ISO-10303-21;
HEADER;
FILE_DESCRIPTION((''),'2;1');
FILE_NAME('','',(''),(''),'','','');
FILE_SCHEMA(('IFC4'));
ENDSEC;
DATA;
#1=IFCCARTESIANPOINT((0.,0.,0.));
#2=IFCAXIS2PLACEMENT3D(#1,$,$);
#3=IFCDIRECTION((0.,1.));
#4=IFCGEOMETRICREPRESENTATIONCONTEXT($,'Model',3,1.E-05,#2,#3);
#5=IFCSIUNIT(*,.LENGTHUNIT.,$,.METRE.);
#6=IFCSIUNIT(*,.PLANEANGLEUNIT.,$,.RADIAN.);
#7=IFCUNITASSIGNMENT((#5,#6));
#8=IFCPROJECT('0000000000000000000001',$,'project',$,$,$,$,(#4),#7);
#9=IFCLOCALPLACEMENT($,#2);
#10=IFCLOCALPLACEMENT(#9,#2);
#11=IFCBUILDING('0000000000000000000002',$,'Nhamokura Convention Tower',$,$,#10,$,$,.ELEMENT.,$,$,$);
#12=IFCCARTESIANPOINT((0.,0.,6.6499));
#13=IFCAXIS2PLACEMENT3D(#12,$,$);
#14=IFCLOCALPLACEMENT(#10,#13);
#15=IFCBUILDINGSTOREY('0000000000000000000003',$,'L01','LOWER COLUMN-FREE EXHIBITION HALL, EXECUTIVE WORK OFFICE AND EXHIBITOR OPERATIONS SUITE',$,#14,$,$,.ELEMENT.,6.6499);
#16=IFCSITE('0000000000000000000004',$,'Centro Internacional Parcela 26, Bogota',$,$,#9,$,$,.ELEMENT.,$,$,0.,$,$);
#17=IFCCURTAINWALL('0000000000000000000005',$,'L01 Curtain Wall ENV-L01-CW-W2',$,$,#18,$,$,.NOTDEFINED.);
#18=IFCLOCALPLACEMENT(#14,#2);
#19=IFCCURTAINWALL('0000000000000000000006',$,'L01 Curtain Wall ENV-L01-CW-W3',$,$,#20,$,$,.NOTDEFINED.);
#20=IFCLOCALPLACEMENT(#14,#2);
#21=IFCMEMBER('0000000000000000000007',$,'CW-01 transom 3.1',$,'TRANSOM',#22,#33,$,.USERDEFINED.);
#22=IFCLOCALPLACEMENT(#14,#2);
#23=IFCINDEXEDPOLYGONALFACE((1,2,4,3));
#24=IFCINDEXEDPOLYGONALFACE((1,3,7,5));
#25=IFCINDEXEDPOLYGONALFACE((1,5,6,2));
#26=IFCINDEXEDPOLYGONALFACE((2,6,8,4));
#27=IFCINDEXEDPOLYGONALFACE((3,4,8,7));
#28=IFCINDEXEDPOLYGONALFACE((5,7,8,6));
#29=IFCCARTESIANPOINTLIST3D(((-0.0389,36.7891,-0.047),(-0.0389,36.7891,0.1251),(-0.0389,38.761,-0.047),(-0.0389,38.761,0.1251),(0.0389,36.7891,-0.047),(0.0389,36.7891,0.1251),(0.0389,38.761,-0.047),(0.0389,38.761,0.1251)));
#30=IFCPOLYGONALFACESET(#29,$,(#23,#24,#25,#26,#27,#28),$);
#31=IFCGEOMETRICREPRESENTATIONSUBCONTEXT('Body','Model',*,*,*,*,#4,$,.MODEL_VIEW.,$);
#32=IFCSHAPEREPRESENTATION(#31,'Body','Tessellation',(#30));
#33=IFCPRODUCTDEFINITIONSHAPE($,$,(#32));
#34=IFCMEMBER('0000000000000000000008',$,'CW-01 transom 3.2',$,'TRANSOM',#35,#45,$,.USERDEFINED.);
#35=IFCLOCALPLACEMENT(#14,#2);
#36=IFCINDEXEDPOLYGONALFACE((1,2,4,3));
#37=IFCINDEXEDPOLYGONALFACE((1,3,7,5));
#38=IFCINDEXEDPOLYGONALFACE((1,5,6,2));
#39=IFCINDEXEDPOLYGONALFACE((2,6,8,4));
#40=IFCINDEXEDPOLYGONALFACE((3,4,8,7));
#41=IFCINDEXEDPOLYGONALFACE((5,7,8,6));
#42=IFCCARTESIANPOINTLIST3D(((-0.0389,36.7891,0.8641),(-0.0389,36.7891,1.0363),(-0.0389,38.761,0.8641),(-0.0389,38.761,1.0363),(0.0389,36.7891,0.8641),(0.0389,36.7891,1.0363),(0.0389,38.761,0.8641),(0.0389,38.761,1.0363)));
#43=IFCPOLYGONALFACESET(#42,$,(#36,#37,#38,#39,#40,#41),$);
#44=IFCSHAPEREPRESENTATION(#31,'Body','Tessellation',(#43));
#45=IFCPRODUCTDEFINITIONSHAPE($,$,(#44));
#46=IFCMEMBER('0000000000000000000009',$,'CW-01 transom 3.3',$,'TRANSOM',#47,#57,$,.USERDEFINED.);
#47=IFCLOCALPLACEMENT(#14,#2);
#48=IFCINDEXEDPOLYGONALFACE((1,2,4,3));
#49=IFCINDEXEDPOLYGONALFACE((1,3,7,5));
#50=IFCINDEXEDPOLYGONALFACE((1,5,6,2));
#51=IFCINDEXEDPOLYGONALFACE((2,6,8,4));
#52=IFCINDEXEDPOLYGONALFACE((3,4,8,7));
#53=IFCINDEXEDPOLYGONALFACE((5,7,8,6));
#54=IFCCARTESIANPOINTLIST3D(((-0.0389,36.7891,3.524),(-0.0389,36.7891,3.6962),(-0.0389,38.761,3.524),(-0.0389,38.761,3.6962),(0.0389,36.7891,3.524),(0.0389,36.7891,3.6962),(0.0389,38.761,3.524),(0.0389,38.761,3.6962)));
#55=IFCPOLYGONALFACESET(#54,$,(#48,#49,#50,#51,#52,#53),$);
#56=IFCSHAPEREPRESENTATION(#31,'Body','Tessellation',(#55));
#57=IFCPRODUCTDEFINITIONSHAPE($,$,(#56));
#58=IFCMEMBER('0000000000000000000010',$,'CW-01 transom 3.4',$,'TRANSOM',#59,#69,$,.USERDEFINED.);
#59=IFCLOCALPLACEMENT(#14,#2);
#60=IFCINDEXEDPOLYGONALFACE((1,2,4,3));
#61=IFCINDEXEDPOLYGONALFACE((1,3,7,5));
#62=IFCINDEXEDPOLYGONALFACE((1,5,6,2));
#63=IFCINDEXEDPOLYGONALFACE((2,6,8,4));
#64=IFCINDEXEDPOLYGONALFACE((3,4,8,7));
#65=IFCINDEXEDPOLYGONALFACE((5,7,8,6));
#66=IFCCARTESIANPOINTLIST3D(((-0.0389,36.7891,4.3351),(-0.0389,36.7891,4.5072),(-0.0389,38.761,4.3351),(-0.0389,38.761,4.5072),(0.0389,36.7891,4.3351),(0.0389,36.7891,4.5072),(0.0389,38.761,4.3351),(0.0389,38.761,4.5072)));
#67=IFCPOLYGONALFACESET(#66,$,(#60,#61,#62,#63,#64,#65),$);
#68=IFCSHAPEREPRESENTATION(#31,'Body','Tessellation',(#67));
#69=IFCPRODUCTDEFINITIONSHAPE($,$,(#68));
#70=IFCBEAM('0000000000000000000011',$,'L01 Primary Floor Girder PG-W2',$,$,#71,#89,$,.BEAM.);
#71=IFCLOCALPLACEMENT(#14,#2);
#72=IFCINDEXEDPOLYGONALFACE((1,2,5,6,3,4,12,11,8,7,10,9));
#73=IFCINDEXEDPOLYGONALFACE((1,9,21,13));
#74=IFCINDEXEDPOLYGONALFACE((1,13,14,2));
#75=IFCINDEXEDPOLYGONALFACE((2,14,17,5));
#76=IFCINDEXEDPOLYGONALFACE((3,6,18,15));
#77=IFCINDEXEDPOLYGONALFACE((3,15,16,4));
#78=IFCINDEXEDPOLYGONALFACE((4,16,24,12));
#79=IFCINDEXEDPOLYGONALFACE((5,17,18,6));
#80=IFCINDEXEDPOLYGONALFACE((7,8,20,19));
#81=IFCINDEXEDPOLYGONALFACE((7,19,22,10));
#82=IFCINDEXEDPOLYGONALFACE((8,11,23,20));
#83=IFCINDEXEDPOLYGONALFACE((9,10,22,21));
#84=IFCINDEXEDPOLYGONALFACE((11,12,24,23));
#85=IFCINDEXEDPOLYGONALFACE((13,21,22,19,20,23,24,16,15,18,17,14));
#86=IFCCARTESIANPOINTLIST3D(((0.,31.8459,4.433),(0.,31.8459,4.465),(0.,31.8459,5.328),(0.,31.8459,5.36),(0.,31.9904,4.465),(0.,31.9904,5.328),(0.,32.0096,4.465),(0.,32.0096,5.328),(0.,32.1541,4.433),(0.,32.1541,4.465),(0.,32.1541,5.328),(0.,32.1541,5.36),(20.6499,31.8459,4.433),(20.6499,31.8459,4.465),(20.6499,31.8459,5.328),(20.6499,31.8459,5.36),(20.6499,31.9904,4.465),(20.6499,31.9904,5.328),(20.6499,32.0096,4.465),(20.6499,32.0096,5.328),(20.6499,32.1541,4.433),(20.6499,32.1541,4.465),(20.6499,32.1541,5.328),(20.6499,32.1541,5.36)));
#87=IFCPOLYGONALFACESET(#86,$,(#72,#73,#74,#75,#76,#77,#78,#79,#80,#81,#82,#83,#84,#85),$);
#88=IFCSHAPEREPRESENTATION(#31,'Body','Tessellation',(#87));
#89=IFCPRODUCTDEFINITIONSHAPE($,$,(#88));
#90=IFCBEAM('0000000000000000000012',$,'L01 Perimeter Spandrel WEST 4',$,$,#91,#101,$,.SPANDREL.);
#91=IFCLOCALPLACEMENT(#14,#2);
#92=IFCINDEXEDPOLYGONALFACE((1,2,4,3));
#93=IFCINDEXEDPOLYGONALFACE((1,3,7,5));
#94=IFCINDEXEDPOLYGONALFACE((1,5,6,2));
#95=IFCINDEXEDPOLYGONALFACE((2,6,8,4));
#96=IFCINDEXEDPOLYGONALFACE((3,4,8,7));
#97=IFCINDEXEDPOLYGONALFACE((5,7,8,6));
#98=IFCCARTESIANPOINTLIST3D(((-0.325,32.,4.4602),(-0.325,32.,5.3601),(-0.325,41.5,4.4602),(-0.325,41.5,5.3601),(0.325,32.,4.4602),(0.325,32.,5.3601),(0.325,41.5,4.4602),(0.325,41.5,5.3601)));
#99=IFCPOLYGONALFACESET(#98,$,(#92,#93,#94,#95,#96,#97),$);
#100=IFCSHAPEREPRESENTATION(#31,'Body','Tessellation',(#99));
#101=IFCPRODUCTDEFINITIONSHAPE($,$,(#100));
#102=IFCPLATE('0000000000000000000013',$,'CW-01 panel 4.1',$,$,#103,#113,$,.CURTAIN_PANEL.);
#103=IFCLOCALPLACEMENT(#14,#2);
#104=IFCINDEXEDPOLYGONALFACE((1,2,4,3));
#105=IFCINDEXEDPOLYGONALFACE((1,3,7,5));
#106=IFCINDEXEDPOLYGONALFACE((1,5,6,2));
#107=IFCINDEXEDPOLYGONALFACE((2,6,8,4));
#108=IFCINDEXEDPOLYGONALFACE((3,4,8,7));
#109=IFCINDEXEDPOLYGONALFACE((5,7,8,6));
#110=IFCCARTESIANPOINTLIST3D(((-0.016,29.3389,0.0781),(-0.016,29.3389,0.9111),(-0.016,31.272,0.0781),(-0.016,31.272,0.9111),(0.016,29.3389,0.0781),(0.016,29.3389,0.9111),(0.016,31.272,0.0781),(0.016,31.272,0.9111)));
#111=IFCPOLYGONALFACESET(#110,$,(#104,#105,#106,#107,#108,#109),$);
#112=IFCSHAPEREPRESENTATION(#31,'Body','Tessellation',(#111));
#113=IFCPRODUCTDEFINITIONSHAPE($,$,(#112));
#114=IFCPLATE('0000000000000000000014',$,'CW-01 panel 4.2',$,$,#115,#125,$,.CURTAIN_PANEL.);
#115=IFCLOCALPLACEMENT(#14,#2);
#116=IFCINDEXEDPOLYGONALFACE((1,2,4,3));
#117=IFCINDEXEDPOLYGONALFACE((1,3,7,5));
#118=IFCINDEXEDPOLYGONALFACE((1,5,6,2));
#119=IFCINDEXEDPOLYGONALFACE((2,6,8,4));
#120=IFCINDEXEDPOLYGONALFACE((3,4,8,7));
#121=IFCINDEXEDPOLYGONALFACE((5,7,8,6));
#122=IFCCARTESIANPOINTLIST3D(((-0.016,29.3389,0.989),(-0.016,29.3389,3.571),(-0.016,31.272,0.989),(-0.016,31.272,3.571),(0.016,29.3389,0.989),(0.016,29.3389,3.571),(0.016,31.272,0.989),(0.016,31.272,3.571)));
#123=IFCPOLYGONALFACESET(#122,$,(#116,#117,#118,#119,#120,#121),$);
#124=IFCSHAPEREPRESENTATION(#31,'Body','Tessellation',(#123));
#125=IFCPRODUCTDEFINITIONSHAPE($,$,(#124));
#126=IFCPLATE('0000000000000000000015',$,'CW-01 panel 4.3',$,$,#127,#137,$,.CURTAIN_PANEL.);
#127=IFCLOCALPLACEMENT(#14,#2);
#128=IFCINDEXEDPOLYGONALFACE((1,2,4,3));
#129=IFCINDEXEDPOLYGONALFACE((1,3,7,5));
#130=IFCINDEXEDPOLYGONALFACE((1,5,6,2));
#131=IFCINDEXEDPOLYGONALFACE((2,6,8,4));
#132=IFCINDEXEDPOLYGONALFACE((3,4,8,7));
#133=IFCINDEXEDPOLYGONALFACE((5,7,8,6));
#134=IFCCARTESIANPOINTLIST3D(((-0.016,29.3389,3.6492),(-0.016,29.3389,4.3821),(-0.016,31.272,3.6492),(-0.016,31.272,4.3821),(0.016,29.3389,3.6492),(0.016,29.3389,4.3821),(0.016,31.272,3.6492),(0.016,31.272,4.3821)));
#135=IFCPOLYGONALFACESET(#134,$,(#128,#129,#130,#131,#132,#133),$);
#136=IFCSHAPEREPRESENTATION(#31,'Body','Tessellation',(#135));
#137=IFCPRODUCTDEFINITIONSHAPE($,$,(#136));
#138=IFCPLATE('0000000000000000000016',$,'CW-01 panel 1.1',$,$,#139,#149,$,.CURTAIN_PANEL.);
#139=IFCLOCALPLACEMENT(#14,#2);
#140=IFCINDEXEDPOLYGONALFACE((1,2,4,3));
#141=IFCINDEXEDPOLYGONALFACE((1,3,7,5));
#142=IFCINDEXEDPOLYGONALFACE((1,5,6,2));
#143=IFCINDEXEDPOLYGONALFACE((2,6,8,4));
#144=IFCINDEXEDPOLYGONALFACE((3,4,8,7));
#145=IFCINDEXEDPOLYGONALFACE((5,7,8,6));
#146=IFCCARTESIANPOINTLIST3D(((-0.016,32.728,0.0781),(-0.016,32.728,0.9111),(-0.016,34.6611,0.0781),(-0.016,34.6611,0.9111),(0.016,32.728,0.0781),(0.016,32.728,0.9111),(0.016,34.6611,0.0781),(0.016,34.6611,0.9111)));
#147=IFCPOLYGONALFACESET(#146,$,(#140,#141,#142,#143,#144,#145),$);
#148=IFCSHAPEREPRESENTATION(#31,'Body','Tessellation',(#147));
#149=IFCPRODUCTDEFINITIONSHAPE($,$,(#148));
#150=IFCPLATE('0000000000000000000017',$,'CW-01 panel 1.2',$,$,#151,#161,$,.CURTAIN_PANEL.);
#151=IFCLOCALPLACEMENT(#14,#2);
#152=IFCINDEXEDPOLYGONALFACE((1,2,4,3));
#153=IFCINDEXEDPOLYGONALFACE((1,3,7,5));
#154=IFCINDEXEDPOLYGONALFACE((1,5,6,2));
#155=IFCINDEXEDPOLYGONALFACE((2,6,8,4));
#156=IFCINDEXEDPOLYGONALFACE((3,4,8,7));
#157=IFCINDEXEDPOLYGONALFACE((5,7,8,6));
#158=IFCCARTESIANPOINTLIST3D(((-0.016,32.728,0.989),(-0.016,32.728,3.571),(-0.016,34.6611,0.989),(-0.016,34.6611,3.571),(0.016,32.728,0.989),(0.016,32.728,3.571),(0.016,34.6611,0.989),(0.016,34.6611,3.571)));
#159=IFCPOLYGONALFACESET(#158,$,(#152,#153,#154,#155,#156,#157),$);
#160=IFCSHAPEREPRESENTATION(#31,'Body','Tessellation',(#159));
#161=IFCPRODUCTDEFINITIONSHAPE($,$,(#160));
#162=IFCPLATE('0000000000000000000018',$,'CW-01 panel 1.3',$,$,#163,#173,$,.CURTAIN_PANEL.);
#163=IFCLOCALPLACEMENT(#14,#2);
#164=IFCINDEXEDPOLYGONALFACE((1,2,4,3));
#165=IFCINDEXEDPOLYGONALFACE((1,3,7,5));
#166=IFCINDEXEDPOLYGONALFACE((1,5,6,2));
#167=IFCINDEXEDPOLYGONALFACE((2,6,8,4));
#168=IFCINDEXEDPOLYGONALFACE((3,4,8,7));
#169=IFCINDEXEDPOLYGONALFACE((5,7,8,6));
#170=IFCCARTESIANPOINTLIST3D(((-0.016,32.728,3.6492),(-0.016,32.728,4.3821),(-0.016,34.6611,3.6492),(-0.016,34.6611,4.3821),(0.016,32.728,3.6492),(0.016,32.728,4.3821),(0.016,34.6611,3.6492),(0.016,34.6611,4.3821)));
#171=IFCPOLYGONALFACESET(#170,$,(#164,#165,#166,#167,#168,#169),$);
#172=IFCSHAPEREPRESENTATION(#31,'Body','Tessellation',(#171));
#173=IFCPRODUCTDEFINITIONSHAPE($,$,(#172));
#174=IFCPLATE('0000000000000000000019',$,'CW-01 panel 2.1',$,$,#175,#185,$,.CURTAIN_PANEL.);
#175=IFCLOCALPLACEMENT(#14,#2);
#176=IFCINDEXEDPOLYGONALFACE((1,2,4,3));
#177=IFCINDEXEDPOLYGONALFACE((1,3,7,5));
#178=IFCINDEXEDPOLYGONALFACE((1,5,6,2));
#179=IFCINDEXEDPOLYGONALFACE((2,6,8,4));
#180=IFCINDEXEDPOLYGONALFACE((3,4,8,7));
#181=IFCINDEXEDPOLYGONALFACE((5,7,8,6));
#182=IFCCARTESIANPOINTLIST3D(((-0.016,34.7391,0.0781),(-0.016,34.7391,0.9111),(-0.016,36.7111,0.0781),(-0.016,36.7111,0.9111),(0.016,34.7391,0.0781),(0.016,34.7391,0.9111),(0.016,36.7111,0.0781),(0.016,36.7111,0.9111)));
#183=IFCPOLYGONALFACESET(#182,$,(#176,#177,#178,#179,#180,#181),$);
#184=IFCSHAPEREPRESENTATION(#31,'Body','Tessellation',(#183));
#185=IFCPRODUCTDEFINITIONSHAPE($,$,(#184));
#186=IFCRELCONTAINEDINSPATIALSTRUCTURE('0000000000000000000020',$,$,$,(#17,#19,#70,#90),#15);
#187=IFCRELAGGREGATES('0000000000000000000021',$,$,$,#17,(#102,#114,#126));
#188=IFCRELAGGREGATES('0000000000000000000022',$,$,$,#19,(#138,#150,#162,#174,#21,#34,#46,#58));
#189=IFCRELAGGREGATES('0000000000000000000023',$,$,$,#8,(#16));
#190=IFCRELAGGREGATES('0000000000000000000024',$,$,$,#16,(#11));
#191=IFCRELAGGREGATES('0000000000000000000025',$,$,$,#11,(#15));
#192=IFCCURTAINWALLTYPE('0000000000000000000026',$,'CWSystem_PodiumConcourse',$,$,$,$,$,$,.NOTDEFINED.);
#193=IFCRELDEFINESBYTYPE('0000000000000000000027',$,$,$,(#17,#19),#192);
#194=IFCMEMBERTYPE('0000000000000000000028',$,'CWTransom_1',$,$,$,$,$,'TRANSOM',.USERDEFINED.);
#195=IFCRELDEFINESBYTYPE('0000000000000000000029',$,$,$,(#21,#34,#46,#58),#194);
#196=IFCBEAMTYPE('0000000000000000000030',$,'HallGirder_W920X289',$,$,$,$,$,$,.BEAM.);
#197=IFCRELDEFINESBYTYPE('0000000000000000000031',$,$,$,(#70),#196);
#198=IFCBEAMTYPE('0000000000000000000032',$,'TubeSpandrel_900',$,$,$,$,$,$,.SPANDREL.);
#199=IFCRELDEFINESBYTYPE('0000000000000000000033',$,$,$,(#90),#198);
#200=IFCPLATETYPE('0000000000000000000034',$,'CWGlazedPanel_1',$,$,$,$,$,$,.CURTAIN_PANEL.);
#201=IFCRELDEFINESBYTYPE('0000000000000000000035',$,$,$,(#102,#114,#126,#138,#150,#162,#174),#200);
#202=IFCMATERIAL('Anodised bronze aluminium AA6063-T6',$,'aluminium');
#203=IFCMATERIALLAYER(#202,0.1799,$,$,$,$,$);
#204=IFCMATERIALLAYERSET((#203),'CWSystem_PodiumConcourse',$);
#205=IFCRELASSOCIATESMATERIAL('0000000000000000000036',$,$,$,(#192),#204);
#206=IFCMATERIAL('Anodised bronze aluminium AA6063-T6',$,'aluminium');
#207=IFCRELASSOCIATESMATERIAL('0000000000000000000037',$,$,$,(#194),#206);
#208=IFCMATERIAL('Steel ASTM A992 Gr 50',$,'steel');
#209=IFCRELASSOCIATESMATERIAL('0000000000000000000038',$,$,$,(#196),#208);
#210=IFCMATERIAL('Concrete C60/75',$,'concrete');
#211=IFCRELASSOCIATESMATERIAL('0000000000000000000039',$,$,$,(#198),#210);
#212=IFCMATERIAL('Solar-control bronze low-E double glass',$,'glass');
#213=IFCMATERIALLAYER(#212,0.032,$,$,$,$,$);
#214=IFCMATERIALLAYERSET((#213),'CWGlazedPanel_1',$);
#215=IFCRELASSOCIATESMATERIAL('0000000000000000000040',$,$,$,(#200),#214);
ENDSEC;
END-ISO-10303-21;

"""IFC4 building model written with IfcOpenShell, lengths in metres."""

from ifc_helpers import new_model, si_unit, direction, frame, origin, origin_2d, place, context, subcontext, project, spatial, rectangle, i_section, extrude, material, layer, layer_set, material_profile, profile_set, type_object, element, aggregate, save


model = new_model("IFC4")

# Units and contexts
model_context = context("Model", 3, precision=1e-05, world=origin(), true_north=direction((0.0, 1.0)))
body_context = subcontext(model_context, "Body", "Model", "MODEL_VIEW")
ifc_project = project(units=[si_unit("LENGTHUNIT", "METRE"), si_unit("PLANEANGLEUNIT", "RADIAN")], contexts=[model_context])

# Site, building, storey
site_placement = place(None, origin())
site = spatial("IfcSite", under=ifc_project, at=site_placement, Name="Centro Internacional Parcela 26, Bogota", CompositionType="ELEMENT", RefElevation=0.0)
building_placement = place(site_placement, origin())
building = spatial("IfcBuilding", under=site, at=building_placement, Name="Nhamokura Convention Tower", CompositionType="ELEMENT")
storey_placement = place(building_placement, frame((0.0, 0.0, 6.6499)))
storey = spatial("IfcBuildingStorey", under=building, at=storey_placement, Name="L01", Description="LOWER COLUMN-FREE EXHIBITION HALL, EXECUTIVE WORK OFFICE AND EXHIBITOR OPERATIONS SUITE", CompositionType="ELEMENT", Elevation=6.6499)

# Curtain wall
ifc_material_1 = material(Name="Anodised bronze aluminium AA6063-T6", Category="aluminium")
ifc_layer_1 = layer(ifc_material_1, 0.1799)
ifc_layer_set_1 = layer_set([ifc_layer_1], Name="CWSystem_PodiumConcourse")
curtain_wall_type = type_object("IfcCurtainWallType", Name="CWSystem_PodiumConcourse", PredefinedType="NOTDEFINED", material=ifc_layer_set_1)
curtain_wall_1_placement = place(storey_placement, origin())
curtain_wall_1 = element("IfcCurtainWall", 1, at=curtain_wall_1_placement, inside=storey, type_object=curtain_wall_type, Name="L01 Curtain Wall ENV-L01-CW-W2", PredefinedType="NOTDEFINED")

# Curtain wall
curtain_wall_2_placement = place(storey_placement, origin())
curtain_wall_2 = element("IfcCurtainWall", 2, at=curtain_wall_2_placement, inside=storey, type_object=curtain_wall_type, Name="L01 Curtain Wall ENV-L01-CW-W3", PredefinedType="NOTDEFINED")

# Members
ifc_material_2 = material(Name="Anodised bronze aluminium AA6063-T6", Category="aluminium")
ifc_material_profile_1 = material_profile(ifc_material_2, rectangle(XDim=0.0779, YDim=0.1721, at=origin_2d()))
ifc_profile_set_1 = profile_set([ifc_material_profile_1], Name="Anodised bronze aluminium AA6063-T6")
member_type_1 = type_object("IfcMemberType", Name="CWTransom_1", ElementType="TRANSOM", PredefinedType="USERDEFINED", material=ifc_profile_set_1)
member_1_placement = place(storey_placement, frame((0.0, 36.7891, 0.0391), z_axis=(0.0, 1.0, 0.0), x_axis=(-1.0, 0.0, 0.0)))
member_1 = element("IfcMember", 3, at=member_1_placement, type_object=member_type_1, Name="CW-01 transom 3.1", ObjectType="TRANSOM", PredefinedType="USERDEFINED", context=body_context, shape_type="SweptSolid", body=[
    extrude(rectangle(XDim=0.0779, YDim=0.1721, at=origin_2d()), origin(), (0.0, 0.0, 1.0), 1.9719),
])
member_2_placement = place(storey_placement, frame((0.0, 36.7891, 0.9502), z_axis=(0.0, 1.0, 0.0), x_axis=(-1.0, 0.0, 0.0)))
member_2 = element("IfcMember", 4, at=member_2_placement, type_object=member_type_1, Name="CW-01 transom 3.2", ObjectType="TRANSOM", PredefinedType="USERDEFINED", context=body_context, shape_type="SweptSolid", body=[
    extrude(rectangle(XDim=0.0779, YDim=0.1721, at=origin_2d()), origin(), (0.0, 0.0, 1.0), 1.9719),
])
member_3_placement = place(storey_placement, frame((0.0, 36.7891, 3.6101), z_axis=(0.0, 1.0, 0.0), x_axis=(-1.0, 0.0, 0.0)))
member_3 = element("IfcMember", 5, at=member_3_placement, type_object=member_type_1, Name="CW-01 transom 3.3", ObjectType="TRANSOM", PredefinedType="USERDEFINED", context=body_context, shape_type="SweptSolid", body=[
    extrude(rectangle(XDim=0.0779, YDim=0.1721, at=origin_2d()), origin(), (0.0, 0.0, 1.0), 1.9719),
])
member_4_placement = place(storey_placement, frame((0.0, 36.7891, 4.4211), z_axis=(0.0, 1.0, 0.0), x_axis=(-1.0, 0.0, 0.0)))
member_4 = element("IfcMember", 6, at=member_4_placement, type_object=member_type_1, Name="CW-01 transom 3.4", ObjectType="TRANSOM", PredefinedType="USERDEFINED", context=body_context, shape_type="SweptSolid", body=[
    extrude(rectangle(XDim=0.0779, YDim=0.1721, at=origin_2d()), origin(), (0.0, 0.0, 1.0), 1.9719),
])

# Beams
ifc_material_3 = material(Name="Steel ASTM A992 Gr 50", Category="steel")
ifc_material_profile_2 = material_profile(ifc_material_3, i_section(OverallWidth=0.3081, OverallDepth=0.927, WebThickness=0.0193, FlangeThickness=0.032, at=origin_2d()))
ifc_profile_set_2 = profile_set([ifc_material_profile_2], Name="Steel ASTM A992 Gr 50")
beam_type_1 = type_object("IfcBeamType", Name="HallGirder_W920X289", PredefinedType="BEAM", material=ifc_profile_set_2)
beam_1_placement = place(storey_placement, frame((0.0, 32.0, 4.8965), z_axis=(1.0, 0.0, 0.0), x_axis=(0.0, 1.0, 0.0)))
element("IfcBeam", 7, at=beam_1_placement, inside=storey, type_object=beam_type_1, Name="L01 Primary Floor Girder PG-W2", PredefinedType="BEAM", context=body_context, shape_type="SweptSolid", body=[
    extrude(i_section(OverallWidth=0.3081, OverallDepth=0.927, WebThickness=0.0193, FlangeThickness=0.032, at=origin_2d()), origin(), (0.0, 0.0, 1.0), 20.6499),
])
ifc_material_4 = material(Name="Concrete C60/75", Category="concrete")
ifc_material_profile_3 = material_profile(ifc_material_4, rectangle(XDim=0.6499, YDim=0.8999, at=origin_2d()))
ifc_profile_set_3 = profile_set([ifc_material_profile_3], Name="Concrete C60/75")
beam_type_2 = type_object("IfcBeamType", Name="TubeSpandrel_900", PredefinedType="SPANDREL", material=ifc_profile_set_3)
beam_2_placement = place(storey_placement, frame((0.0, 32.0, 4.9102), z_axis=(0.0, 1.0, 0.0), x_axis=(-1.0, 0.0, 0.0)))
element("IfcBeam", 8, at=beam_2_placement, inside=storey, type_object=beam_type_2, Name="L01 Perimeter Spandrel WEST 4", PredefinedType="SPANDREL", context=body_context, shape_type="SweptSolid", body=[
    extrude(rectangle(XDim=0.6499, YDim=0.8999, at=origin_2d()), origin(), (0.0, 0.0, 1.0), 9.5),
])

# Plates
ifc_material_5 = material(Name="Solar-control bronze low-E double glass", Category="glass")
ifc_layer_2 = layer(ifc_material_5, 0.032)
ifc_layer_set_2 = layer_set([ifc_layer_2], Name="CWGlazedPanel_1")
plate_type = type_object("IfcPlateType", Name="CWGlazedPanel_1", PredefinedType="CURTAIN_PANEL", material=ifc_layer_set_2)
plate_1_placement = place(storey_placement, frame((0.0, 30.3054, 0.0781), z_axis=(0.0, 0.0, 1.0), x_axis=(0.0, 1.0, 0.0)))
plate_1 = element("IfcPlate", 9, at=plate_1_placement, type_object=plate_type, Name="CW-01 panel 4.1", PredefinedType="CURTAIN_PANEL", context=body_context, shape_type="SweptSolid", body=[
    extrude(rectangle(XDim=1.9331, YDim=0.032, at=origin_2d()), origin(), (0.0, 0.0, 1.0), 0.833),
])
plate_2_placement = place(storey_placement, frame((0.0, 30.3054, 0.989), z_axis=(0.0, 0.0, 1.0), x_axis=(0.0, 1.0, 0.0)))
plate_2 = element("IfcPlate", 10, at=plate_2_placement, type_object=plate_type, Name="CW-01 panel 4.2", PredefinedType="CURTAIN_PANEL", context=body_context, shape_type="SweptSolid", body=[
    extrude(rectangle(XDim=1.9331, YDim=0.032, at=origin_2d()), origin(), (0.0, 0.0, 1.0), 2.582),
])
plate_3_placement = place(storey_placement, frame((0.0, 30.3054, 3.6492), z_axis=(0.0, 0.0, 1.0), x_axis=(0.0, 1.0, 0.0)))
plate_3 = element("IfcPlate", 11, at=plate_3_placement, type_object=plate_type, Name="CW-01 panel 4.3", PredefinedType="CURTAIN_PANEL", context=body_context, shape_type="SweptSolid", body=[
    extrude(rectangle(XDim=1.9331, YDim=0.032, at=origin_2d()), origin(), (0.0, 0.0, 1.0), 0.7329),
])
aggregate(curtain_wall_1, [plate_1, plate_2, plate_3])
plate_4_placement = place(storey_placement, frame((0.0, 33.6946, 0.0781), z_axis=(0.0, 0.0, 1.0), x_axis=(0.0, 1.0, 0.0)))
plate_4 = element("IfcPlate", 12, at=plate_4_placement, type_object=plate_type, Name="CW-01 panel 1.1", PredefinedType="CURTAIN_PANEL", context=body_context, shape_type="SweptSolid", body=[
    extrude(rectangle(XDim=1.9331, YDim=0.032, at=origin_2d()), origin(), (0.0, 0.0, 1.0), 0.833),
])
plate_5_placement = place(storey_placement, frame((0.0, 33.6946, 0.989), z_axis=(0.0, 0.0, 1.0), x_axis=(0.0, 1.0, 0.0)))
plate_5 = element("IfcPlate", 13, at=plate_5_placement, type_object=plate_type, Name="CW-01 panel 1.2", PredefinedType="CURTAIN_PANEL", context=body_context, shape_type="SweptSolid", body=[
    extrude(rectangle(XDim=1.9331, YDim=0.032, at=origin_2d()), origin(), (0.0, 0.0, 1.0), 2.582),
])
plate_6_placement = place(storey_placement, frame((0.0, 33.6946, 3.6492), z_axis=(0.0, 0.0, 1.0), x_axis=(0.0, 1.0, 0.0)))
plate_6 = element("IfcPlate", 14, at=plate_6_placement, type_object=plate_type, Name="CW-01 panel 1.3", PredefinedType="CURTAIN_PANEL", context=body_context, shape_type="SweptSolid", body=[
    extrude(rectangle(XDim=1.9331, YDim=0.032, at=origin_2d()), origin(), (0.0, 0.0, 1.0), 0.7329),
])
plate_7_placement = place(storey_placement, frame((0.0, 35.7251, 0.0781), z_axis=(0.0, 0.0, 1.0), x_axis=(0.0, 1.0, 0.0)))
plate_7 = element("IfcPlate", 15, at=plate_7_placement, type_object=plate_type, Name="CW-01 panel 2.1", PredefinedType="CURTAIN_PANEL", context=body_context, shape_type="SweptSolid", body=[
    extrude(rectangle(XDim=1.9719, YDim=0.032, at=origin_2d()), origin(), (0.0, 0.0, 1.0), 0.833),
])
aggregate(curtain_wall_2, [plate_4, plate_5, plate_6, plate_7, member_1, member_2, member_3, member_4])

save(model, "model.ifc")
